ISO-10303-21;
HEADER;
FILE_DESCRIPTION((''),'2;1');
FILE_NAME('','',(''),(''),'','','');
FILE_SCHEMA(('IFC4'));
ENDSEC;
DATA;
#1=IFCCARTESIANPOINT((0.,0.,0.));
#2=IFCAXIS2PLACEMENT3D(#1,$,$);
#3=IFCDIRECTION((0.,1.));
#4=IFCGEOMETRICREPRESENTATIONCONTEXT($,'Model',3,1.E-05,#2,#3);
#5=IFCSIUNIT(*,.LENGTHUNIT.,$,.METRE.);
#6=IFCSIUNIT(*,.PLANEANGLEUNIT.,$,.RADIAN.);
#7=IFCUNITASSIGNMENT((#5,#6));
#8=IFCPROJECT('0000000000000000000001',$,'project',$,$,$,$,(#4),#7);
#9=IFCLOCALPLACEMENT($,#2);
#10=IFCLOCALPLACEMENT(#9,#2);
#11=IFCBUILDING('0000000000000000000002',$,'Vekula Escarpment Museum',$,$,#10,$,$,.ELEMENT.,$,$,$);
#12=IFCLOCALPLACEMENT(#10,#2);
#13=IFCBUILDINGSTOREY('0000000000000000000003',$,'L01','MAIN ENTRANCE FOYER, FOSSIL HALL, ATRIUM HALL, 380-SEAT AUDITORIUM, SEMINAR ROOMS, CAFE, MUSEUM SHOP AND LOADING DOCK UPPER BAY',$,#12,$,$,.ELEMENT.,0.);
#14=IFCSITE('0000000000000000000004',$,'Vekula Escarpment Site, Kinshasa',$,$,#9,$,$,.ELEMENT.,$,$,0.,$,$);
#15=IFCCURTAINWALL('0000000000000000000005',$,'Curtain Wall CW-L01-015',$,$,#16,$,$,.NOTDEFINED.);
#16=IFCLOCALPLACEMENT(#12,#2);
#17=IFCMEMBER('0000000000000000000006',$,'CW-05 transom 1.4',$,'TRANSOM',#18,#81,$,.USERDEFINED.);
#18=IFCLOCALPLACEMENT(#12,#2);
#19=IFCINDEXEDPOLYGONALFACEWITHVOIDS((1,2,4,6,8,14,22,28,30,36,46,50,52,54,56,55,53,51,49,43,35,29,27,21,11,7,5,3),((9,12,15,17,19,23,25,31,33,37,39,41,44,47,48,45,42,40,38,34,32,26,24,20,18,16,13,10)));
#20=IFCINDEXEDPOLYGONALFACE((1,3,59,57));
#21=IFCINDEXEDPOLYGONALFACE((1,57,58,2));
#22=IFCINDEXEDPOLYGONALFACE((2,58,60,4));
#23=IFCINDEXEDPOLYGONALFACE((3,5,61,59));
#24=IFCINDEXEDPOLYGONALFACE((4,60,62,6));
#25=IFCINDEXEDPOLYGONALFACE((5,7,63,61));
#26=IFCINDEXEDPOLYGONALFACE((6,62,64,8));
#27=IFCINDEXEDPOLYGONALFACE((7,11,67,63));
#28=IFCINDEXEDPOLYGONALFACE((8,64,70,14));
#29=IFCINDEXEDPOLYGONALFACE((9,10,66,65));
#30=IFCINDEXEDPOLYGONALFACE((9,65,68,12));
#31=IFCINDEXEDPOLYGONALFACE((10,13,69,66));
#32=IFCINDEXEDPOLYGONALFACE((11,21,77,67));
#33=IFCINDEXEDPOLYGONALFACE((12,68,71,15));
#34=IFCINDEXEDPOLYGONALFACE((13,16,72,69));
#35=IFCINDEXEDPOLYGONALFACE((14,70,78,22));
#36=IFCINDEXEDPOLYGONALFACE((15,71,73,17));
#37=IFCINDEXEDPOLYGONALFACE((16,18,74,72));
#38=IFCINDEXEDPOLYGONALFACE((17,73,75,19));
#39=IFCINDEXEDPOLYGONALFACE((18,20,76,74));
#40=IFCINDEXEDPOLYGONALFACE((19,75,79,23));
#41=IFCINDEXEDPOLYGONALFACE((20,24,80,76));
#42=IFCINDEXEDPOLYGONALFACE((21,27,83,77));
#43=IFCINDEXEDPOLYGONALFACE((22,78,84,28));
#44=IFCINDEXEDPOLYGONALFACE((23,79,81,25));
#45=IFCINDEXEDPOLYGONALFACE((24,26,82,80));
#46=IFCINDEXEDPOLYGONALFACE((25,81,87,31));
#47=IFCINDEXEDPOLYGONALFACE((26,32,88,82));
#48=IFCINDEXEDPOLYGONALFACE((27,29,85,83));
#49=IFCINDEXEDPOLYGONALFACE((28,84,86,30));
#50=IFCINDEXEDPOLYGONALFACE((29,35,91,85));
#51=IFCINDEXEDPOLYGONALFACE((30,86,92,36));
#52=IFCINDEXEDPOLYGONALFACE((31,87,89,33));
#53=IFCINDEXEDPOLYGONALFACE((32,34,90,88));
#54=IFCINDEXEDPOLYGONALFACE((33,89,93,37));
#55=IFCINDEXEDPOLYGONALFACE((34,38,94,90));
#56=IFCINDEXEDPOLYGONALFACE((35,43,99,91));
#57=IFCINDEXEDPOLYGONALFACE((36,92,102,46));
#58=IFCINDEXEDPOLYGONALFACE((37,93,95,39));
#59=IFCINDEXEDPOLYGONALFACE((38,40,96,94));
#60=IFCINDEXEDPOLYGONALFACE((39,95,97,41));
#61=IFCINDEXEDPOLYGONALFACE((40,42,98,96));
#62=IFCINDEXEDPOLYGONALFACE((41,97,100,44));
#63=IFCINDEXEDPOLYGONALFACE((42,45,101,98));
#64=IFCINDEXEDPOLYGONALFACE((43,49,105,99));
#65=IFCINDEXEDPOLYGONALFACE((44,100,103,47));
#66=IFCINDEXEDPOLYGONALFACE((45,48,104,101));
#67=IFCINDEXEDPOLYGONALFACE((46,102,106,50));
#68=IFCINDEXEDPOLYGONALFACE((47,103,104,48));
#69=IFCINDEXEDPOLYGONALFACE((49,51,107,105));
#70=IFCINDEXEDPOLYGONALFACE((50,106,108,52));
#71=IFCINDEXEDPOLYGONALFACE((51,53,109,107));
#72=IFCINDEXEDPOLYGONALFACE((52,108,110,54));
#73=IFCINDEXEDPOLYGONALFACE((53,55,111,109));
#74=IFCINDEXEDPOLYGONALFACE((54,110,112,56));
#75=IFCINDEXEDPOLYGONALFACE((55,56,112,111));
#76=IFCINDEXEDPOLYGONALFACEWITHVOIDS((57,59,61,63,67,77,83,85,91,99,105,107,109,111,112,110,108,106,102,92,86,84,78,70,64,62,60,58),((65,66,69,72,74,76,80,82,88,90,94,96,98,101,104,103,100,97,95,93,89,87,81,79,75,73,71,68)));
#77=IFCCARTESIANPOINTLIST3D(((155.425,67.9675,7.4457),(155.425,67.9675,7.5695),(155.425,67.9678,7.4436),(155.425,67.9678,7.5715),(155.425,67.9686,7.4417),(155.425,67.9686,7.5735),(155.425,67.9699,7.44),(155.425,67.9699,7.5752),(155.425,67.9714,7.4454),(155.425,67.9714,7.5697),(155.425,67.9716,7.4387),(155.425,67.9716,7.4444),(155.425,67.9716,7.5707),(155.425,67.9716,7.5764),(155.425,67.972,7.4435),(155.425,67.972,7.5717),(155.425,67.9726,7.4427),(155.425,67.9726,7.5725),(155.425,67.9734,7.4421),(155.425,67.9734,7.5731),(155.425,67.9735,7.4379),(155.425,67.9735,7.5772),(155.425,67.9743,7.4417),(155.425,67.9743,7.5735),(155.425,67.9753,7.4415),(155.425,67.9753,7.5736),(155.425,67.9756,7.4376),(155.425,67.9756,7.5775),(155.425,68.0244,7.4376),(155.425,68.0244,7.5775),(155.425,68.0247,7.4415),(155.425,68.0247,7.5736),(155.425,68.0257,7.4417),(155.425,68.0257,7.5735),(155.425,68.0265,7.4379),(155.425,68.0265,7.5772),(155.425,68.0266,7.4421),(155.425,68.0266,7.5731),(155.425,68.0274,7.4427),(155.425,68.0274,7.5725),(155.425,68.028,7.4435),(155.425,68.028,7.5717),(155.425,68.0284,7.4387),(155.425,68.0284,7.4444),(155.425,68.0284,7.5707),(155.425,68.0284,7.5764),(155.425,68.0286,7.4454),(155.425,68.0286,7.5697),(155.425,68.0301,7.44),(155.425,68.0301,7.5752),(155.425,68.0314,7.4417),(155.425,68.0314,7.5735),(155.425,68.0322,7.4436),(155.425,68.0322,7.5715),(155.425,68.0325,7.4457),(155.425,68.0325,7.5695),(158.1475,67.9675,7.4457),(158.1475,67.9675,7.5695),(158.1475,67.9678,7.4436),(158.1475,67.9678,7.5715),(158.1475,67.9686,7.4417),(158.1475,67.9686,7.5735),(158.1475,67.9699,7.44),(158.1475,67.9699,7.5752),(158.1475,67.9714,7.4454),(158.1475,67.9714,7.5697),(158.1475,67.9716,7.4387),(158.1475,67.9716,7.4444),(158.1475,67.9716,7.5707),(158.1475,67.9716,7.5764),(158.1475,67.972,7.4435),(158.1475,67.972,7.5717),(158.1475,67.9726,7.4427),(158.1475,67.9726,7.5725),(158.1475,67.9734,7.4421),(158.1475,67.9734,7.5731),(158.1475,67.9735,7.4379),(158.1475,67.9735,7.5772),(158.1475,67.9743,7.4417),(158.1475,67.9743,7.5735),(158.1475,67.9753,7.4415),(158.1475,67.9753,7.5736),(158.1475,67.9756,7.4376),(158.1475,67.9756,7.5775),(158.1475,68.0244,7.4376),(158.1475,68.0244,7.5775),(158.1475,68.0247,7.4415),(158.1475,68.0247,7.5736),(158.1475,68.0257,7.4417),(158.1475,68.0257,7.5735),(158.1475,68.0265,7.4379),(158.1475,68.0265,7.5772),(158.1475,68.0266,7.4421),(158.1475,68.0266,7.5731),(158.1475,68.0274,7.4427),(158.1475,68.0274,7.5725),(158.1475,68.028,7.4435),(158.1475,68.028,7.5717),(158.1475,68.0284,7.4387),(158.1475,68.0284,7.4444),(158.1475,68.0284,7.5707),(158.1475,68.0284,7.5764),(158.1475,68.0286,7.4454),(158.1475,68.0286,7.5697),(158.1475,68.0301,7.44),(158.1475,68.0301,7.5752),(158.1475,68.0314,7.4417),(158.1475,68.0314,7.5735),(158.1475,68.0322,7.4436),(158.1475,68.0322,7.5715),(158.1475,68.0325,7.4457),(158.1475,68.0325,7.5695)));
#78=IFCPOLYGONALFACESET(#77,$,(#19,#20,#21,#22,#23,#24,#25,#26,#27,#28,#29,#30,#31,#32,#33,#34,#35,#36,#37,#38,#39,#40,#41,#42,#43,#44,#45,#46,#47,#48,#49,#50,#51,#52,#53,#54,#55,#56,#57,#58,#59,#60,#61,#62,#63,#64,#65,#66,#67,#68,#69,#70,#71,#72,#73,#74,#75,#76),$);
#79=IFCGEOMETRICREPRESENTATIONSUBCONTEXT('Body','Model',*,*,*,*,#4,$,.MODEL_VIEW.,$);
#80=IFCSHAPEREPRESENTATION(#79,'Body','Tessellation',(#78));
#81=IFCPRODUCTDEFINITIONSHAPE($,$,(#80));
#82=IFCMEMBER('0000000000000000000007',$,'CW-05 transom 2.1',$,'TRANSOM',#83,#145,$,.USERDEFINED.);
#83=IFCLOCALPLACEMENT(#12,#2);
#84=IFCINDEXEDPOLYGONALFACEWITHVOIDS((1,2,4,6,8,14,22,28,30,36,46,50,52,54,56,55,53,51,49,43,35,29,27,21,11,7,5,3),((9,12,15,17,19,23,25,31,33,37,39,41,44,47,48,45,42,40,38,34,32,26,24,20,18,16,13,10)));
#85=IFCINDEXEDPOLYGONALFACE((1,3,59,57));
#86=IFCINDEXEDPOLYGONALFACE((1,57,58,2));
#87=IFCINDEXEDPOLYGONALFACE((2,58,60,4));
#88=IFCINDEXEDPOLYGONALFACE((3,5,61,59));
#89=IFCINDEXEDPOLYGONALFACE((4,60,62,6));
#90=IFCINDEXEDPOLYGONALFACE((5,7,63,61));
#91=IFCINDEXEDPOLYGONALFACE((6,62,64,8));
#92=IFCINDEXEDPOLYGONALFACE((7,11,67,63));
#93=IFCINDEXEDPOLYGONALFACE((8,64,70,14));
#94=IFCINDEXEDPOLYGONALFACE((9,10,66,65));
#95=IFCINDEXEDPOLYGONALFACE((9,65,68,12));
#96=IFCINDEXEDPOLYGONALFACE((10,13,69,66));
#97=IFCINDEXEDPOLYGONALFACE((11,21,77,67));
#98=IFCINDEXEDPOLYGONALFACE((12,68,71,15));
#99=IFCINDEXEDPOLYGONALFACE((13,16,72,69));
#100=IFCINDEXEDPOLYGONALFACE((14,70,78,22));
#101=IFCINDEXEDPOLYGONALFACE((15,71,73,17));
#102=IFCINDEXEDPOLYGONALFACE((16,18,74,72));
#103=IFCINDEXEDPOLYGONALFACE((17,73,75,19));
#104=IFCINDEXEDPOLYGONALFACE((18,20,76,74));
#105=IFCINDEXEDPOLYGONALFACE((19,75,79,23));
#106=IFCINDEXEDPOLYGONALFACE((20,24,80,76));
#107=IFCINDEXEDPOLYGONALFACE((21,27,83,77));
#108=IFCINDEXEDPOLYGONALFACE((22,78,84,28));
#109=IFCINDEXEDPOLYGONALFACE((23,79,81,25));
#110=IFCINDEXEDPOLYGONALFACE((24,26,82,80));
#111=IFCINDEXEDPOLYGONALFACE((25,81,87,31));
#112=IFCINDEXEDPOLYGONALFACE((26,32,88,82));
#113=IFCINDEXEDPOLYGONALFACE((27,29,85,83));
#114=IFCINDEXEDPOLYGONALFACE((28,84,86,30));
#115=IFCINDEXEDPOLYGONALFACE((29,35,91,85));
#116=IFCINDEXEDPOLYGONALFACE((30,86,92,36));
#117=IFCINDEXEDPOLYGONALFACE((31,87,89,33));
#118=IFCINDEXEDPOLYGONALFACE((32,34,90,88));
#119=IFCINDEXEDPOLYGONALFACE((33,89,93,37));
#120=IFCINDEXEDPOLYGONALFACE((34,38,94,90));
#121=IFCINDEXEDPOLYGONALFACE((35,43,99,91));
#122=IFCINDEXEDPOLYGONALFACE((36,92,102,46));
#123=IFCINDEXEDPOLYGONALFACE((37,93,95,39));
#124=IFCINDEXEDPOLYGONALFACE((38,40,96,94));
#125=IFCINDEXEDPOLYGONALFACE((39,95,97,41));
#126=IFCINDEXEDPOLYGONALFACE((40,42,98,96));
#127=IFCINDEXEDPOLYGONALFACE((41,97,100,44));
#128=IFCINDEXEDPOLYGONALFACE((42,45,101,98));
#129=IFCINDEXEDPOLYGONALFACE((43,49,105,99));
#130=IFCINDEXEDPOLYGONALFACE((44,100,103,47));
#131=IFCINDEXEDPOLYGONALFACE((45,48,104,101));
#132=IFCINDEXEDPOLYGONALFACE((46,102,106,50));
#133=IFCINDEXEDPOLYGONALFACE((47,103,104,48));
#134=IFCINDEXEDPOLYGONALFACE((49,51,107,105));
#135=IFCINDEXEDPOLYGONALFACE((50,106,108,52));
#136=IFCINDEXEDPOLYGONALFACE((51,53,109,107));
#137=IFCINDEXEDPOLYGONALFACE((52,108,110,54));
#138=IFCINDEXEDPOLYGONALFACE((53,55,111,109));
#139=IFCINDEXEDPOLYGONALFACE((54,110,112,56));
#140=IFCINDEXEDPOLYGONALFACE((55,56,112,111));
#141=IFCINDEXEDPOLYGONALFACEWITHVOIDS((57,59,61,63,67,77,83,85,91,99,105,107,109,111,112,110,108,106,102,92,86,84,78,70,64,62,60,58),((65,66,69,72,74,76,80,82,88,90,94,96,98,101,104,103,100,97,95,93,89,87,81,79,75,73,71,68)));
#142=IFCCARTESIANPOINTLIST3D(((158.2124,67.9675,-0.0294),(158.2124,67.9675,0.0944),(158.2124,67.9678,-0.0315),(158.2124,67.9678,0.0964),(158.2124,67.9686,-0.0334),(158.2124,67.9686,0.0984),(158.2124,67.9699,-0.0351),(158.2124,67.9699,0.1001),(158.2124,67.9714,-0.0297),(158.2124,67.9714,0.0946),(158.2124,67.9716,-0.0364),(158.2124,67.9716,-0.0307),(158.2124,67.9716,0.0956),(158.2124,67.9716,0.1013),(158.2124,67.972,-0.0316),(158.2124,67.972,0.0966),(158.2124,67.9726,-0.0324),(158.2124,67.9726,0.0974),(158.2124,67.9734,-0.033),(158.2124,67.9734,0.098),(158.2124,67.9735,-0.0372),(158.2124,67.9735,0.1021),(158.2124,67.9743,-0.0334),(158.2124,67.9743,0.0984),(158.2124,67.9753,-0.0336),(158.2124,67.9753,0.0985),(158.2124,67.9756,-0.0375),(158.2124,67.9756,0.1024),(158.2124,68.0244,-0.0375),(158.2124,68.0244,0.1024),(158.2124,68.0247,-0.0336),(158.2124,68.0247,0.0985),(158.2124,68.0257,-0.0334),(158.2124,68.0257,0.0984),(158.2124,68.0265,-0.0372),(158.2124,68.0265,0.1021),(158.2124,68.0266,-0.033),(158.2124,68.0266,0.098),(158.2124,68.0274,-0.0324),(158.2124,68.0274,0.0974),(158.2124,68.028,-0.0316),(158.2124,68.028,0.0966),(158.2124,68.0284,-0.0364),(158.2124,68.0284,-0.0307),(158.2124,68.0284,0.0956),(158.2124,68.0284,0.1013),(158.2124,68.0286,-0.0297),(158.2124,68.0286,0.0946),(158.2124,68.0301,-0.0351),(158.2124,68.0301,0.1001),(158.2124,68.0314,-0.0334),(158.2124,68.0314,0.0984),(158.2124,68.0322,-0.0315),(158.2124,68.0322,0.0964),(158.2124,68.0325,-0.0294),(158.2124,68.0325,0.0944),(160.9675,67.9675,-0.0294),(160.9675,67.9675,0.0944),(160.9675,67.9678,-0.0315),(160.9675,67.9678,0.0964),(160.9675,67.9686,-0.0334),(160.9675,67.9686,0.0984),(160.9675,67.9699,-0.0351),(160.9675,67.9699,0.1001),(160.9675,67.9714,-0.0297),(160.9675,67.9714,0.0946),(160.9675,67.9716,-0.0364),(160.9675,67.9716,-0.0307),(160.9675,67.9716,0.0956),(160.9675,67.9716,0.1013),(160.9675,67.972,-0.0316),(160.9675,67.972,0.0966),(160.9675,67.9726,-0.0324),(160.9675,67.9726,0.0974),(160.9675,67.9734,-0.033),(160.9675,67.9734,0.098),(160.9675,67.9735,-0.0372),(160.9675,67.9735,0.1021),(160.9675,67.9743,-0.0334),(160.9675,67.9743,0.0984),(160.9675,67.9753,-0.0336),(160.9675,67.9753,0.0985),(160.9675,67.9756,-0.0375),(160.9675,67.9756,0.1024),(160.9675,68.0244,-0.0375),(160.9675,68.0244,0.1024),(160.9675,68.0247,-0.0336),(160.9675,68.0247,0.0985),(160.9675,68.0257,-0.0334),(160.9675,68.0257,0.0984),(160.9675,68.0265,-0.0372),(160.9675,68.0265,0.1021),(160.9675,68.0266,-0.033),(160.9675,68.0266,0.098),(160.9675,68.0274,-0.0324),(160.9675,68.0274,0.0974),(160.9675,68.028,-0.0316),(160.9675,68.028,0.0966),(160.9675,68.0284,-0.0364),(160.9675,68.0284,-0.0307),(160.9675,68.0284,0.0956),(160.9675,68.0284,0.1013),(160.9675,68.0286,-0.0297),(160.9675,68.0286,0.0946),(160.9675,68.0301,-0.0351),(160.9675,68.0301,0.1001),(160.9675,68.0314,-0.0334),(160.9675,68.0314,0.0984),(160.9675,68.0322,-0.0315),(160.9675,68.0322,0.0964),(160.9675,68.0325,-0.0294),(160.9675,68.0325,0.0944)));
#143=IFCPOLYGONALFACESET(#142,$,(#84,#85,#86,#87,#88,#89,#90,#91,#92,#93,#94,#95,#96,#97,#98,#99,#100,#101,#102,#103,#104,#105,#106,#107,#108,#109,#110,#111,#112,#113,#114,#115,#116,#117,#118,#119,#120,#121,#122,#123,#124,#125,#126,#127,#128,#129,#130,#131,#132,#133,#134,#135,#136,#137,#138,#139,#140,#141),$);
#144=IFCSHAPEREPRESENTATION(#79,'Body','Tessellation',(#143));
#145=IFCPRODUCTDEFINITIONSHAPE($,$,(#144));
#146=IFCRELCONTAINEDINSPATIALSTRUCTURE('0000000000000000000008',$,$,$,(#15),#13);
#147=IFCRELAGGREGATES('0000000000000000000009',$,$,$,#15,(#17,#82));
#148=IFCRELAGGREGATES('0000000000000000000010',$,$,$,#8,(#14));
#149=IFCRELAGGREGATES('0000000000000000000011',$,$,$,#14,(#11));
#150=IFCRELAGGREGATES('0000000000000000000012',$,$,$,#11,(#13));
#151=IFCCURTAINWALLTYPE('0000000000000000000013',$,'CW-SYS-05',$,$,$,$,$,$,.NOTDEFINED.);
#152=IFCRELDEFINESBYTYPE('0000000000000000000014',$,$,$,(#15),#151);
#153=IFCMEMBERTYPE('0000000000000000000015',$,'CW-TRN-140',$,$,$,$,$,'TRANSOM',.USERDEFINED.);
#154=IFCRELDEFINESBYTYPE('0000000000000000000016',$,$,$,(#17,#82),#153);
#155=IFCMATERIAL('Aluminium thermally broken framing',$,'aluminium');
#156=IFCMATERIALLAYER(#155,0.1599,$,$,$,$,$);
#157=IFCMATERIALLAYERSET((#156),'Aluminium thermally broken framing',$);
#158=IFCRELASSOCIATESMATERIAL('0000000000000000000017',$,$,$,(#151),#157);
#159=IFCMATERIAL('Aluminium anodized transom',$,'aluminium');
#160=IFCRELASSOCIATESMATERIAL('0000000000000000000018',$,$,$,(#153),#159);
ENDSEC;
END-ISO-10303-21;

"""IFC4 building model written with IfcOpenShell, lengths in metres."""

from ifc_helpers import new_model, si_unit, direction, frame, origin, origin_2d, place, context, subcontext, project, spatial, hollow_rectangle, extrude, material, layer, layer_set, material_profile, profile_set, type_object, element, aggregate, save


model = new_model("IFC4")

# Units and contexts
model_context = context("Model", 3, precision=1e-05, world=origin(), true_north=direction((0.0, 1.0)))
body_context = subcontext(model_context, "Body", "Model", "MODEL_VIEW")
ifc_project = project(units=[si_unit("LENGTHUNIT", "METRE"), si_unit("PLANEANGLEUNIT", "RADIAN")], contexts=[model_context])

# Site, building, storey
site_placement = place(None, origin())
site = spatial("IfcSite", under=ifc_project, at=site_placement, Name="Vekula Escarpment Site, Kinshasa", CompositionType="ELEMENT", RefElevation=0.0)
building_placement = place(site_placement, origin())
building = spatial("IfcBuilding", under=site, at=building_placement, Name="Vekula Escarpment Museum", CompositionType="ELEMENT")
storey_placement = place(building_placement, origin())
storey = spatial("IfcBuildingStorey", under=building, at=storey_placement, Name="L01", Description="MAIN ENTRANCE FOYER, FOSSIL HALL, ATRIUM HALL, 380-SEAT AUDITORIUM, SEMINAR ROOMS, CAFE, MUSEUM SHOP AND LOADING DOCK UPPER BAY", CompositionType="ELEMENT", Elevation=0.0)

# Curtain wall, members
ifc_material_1 = material(Name="Aluminium thermally broken framing", Category="aluminium")
ifc_layer_1 = layer(ifc_material_1, 0.1599)
ifc_layer_set_1 = layer_set([ifc_layer_1], Name="Aluminium thermally broken framing")
curtain_wall_type_1 = type_object("IfcCurtainWallType", Name="CW-SYS-05", PredefinedType="NOTDEFINED", material=ifc_layer_set_1)
curtain_wall_1_placement = place(storey_placement, origin())
curtain_wall_1 = element("IfcCurtainWall", 1, at=curtain_wall_1_placement, inside=storey, type_object=curtain_wall_type_1, Name="Curtain Wall CW-L01-015", PredefinedType="NOTDEFINED")
ifc_material_2 = material(Name="Aluminium anodized transom", Category="aluminium")
ifc_material_profile_1 = material_profile(ifc_material_2, hollow_rectangle(XDim=0.0649, YDim=0.1399, WallThickness=0.0039, InnerFilletRadius=0.0039, OuterFilletRadius=0.0081, at=origin_2d()), Name="ALU 140x65x4")
ifc_profile_set_1 = profile_set([ifc_material_profile_1], Name="Aluminium anodized transom")
member_type_1 = type_object("IfcMemberType", Name="CW-TRN-140", ElementType="TRANSOM", PredefinedType="USERDEFINED", material=ifc_profile_set_1)
member_1_placement = place(storey_placement, frame((155.425, 68.0, 7.5076), z_axis=(1.0, 0.0, 0.0), x_axis=(0.0, 1.0, 0.0)))
member_1 = element("IfcMember", 2, at=member_1_placement, type_object=member_type_1, Name="CW-05 transom 1.4", ObjectType="TRANSOM", PredefinedType="USERDEFINED", context=body_context, shape_type="SweptSolid", body=[
    extrude(hollow_rectangle(XDim=0.0649, YDim=0.1399, WallThickness=0.0039, InnerFilletRadius=0.0039, OuterFilletRadius=0.0081, at=origin_2d()), origin(), (0.0, 0.0, 1.0), 2.7224),
])
member_2_placement = place(storey_placement, frame((158.2124, 68.0, 0.0325), z_axis=(1.0, 0.0, 0.0), x_axis=(0.0, 1.0, 0.0)))
member_2 = element("IfcMember", 3, at=member_2_placement, type_object=member_type_1, Name="CW-05 transom 2.1", ObjectType="TRANSOM", PredefinedType="USERDEFINED", context=body_context, shape_type="SweptSolid", body=[
    extrude(hollow_rectangle(XDim=0.0649, YDim=0.1399, WallThickness=0.0039, InnerFilletRadius=0.0039, OuterFilletRadius=0.0081, at=origin_2d()), origin(), (0.0, 0.0, 1.0), 2.7551),
])

aggregate(curtain_wall_1, [member_1, member_2])

save(model, "model.ifc")
